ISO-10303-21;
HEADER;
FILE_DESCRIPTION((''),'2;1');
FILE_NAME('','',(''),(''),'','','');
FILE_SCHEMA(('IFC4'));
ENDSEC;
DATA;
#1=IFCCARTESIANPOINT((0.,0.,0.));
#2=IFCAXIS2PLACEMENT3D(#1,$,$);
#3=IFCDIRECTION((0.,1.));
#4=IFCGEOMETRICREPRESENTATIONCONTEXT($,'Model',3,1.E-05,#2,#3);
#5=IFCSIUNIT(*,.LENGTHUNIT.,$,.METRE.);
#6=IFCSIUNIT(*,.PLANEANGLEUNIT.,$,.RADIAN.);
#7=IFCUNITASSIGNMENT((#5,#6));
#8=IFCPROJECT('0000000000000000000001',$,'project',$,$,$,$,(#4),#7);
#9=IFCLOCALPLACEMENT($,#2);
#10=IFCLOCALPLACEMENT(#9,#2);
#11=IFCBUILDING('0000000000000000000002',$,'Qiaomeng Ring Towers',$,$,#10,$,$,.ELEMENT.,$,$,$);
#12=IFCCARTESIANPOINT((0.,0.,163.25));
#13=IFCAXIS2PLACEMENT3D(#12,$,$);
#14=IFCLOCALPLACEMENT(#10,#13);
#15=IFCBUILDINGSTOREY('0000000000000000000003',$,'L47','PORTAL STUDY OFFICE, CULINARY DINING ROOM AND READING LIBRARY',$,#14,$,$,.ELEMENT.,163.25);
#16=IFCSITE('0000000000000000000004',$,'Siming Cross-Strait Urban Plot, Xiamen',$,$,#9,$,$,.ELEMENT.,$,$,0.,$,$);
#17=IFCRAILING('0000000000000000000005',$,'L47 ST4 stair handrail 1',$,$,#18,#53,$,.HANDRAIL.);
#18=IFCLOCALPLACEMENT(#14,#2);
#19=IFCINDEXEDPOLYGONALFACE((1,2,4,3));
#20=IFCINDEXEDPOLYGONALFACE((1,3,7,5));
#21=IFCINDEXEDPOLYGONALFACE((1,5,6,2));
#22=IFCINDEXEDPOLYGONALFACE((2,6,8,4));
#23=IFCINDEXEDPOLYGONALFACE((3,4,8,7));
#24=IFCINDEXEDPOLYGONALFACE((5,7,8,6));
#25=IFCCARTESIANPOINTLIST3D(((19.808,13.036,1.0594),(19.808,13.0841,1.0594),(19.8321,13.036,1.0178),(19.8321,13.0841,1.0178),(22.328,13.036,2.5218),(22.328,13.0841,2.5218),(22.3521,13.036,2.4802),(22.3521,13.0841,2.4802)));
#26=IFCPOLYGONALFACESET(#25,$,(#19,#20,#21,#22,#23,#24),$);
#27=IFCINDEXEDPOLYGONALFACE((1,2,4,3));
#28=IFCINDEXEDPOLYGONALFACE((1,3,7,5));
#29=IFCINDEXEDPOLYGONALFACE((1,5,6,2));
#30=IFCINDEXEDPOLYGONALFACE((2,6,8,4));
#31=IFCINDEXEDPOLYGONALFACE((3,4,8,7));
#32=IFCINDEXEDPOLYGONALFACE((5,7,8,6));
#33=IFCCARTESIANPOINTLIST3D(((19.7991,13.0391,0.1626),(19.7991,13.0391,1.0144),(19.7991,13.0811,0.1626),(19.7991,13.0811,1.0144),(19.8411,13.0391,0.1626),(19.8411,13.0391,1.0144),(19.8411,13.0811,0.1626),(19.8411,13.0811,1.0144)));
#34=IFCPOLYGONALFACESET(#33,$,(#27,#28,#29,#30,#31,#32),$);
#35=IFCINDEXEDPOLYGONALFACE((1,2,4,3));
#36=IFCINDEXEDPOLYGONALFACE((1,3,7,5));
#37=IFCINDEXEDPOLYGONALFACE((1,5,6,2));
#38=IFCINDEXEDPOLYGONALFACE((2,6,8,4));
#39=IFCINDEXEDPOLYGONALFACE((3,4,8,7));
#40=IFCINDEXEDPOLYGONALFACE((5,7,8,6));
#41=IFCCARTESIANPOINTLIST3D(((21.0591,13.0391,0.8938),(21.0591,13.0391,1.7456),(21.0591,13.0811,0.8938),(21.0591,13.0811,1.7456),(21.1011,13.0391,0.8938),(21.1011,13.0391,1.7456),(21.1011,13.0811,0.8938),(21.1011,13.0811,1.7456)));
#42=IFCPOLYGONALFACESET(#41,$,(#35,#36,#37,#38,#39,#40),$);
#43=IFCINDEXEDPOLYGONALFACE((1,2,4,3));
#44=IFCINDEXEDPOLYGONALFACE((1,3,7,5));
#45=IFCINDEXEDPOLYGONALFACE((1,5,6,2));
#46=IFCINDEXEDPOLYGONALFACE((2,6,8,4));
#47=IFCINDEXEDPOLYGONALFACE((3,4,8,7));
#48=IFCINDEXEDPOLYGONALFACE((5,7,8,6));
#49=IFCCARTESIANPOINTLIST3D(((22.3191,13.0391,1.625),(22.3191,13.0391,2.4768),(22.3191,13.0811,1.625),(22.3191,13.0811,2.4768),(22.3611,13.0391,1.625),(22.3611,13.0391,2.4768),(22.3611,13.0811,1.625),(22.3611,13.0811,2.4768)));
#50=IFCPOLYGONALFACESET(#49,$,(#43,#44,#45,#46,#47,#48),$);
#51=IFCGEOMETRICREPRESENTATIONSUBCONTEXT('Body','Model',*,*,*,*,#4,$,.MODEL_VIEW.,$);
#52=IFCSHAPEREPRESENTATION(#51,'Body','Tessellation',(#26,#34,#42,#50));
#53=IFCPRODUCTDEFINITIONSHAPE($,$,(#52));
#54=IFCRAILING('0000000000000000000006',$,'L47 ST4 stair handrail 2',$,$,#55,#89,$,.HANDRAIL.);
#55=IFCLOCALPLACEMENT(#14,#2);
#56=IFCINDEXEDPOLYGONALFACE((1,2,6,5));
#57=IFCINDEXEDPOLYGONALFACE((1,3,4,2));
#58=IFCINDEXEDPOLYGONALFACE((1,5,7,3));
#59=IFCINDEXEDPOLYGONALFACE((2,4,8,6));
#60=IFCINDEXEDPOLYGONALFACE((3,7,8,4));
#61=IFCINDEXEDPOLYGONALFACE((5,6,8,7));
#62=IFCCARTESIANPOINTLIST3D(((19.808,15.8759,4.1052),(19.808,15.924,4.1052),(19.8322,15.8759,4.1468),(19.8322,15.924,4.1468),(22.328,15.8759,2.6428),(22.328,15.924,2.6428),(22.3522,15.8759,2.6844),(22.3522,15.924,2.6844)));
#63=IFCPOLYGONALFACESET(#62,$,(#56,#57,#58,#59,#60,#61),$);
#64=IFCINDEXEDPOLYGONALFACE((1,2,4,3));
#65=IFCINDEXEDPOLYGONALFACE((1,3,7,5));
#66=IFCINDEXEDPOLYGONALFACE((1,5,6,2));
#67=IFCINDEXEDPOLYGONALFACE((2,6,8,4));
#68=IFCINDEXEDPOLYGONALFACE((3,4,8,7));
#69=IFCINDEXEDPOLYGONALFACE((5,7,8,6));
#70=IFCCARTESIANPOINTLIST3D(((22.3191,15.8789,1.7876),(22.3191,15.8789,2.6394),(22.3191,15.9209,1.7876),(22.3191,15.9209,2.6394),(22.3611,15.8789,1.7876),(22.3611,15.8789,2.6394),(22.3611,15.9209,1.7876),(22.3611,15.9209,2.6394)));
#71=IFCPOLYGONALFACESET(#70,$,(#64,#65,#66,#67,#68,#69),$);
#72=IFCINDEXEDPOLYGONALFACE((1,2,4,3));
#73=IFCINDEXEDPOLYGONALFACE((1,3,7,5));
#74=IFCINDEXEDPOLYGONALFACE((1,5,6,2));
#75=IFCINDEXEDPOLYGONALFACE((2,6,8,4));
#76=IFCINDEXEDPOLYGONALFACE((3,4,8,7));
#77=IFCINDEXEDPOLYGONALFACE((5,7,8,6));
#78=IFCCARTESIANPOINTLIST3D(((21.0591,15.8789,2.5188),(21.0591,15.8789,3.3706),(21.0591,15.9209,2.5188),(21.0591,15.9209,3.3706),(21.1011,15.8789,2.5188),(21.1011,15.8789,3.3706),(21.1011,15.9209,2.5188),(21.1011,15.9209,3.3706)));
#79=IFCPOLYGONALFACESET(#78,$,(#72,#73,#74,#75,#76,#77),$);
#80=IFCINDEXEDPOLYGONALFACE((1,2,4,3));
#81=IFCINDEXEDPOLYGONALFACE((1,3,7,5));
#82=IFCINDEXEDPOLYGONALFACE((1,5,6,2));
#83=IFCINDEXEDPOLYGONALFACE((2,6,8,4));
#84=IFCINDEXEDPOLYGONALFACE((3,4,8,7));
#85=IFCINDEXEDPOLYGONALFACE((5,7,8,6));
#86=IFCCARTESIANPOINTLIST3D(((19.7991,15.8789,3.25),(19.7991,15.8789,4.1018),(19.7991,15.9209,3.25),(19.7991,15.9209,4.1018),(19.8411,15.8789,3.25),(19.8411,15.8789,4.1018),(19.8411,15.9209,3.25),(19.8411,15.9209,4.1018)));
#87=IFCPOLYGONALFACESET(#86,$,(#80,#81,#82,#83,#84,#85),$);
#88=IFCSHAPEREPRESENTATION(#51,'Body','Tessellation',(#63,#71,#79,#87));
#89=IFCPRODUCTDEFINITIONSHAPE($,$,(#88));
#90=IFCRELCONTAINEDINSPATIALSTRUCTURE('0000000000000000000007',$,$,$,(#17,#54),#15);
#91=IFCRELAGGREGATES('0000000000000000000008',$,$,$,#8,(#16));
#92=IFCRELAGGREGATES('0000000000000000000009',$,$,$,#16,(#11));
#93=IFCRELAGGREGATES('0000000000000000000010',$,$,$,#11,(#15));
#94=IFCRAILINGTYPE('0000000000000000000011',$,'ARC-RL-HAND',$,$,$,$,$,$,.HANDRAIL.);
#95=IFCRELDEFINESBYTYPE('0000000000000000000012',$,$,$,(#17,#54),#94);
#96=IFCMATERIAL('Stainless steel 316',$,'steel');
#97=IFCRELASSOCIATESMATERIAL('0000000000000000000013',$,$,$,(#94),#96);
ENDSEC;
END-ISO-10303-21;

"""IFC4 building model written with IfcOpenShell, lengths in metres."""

from ifc_helpers import new_model, si_unit, direction, frame, origin, origin_2d, place, context, subcontext, project, spatial, rectangle, extrude, material, type_object, element, save


model = new_model("IFC4")

# Units and contexts
model_context = context("Model", 3, precision=1e-05, world=origin(), true_north=direction((0.0, 1.0)))
body_context = subcontext(model_context, "Body", "Model", "MODEL_VIEW")
ifc_project = project(units=[si_unit("LENGTHUNIT", "METRE"), si_unit("PLANEANGLEUNIT", "RADIAN")], contexts=[model_context])

# Site, building, storey
site_placement = place(None, origin())
site = spatial("IfcSite", under=ifc_project, at=site_placement, Name="Siming Cross-Strait Urban Plot, Xiamen", CompositionType="ELEMENT", RefElevation=0.0)
building_placement = place(site_placement, origin())
building = spatial("IfcBuilding", under=site, at=building_placement, Name="Qiaomeng Ring Towers", CompositionType="ELEMENT")
storey_placement = place(building_placement, frame((0.0, 0.0, 163.25)))
storey = spatial("IfcBuildingStorey", under=building, at=storey_placement, Name="L47", Description="PORTAL STUDY OFFICE, CULINARY DINING ROOM AND READING LIBRARY", CompositionType="ELEMENT", Elevation=163.25)

# Railings
ifc_material_1 = material(Name="Stainless steel 316", Category="steel")
railing_type_1 = type_object("IfcRailingType", Name="ARC-RL-HAND", PredefinedType="HANDRAIL", material=ifc_material_1)
railing_1_placement = place(storey_placement, frame((19.8201, 13.0601, 0.1626)))
element("IfcRailing", 1, at=railing_1_placement, inside=storey, type_object=railing_type_1, Name="L47 ST4 stair handrail 1", PredefinedType="HANDRAIL", context=body_context, shape_type="SweptSolid", body=[
    extrude(rectangle(XDim=0.0481, YDim=0.0481, at=origin_2d()), frame((0.0, 0.0, 0.876), z_axis=(0.864913, 0.0, 0.501921), x_axis=(0.0, 1.0, 0.0)), (0.0, 0.0, 1.0), 2.9136),
    extrude(rectangle(XDim=0.042, YDim=0.042, at=origin_2d()), origin(), (0.0, 0.0, 1.0), 0.8518),
    extrude(rectangle(XDim=0.042, YDim=0.042, at=origin_2d()), frame((1.26, 0.0, 0.7312)), (0.0, 0.0, 1.0), 0.8518),
    extrude(rectangle(XDim=0.042, YDim=0.042, at=origin_2d()), frame((2.52, 0.0, 1.4624)), (0.0, 0.0, 1.0), 0.8518),
])
railing_2_placement = place(storey_placement, frame((22.3401, 15.8999, 1.7876)))
element("IfcRailing", 2, at=railing_2_placement, inside=storey, type_object=railing_type_1, Name="L47 ST4 stair handrail 2", PredefinedType="HANDRAIL", context=body_context, shape_type="SweptSolid", body=[
    extrude(rectangle(XDim=0.0481, YDim=0.0481, at=origin_2d()), frame((0.0, 0.0, 0.876), z_axis=(-0.864913, 0.0, 0.501921), x_axis=(0.0, -1.0, 0.0)), (0.0, 0.0, 1.0), 2.9136),
    extrude(rectangle(XDim=0.042, YDim=0.042, at=origin_2d()), origin(), (0.0, 0.0, 1.0), 0.8518),
    extrude(rectangle(XDim=0.042, YDim=0.042, at=origin_2d()), frame((-1.26, 0.0, 0.7312)), (0.0, 0.0, 1.0), 0.8518),
    extrude(rectangle(XDim=0.042, YDim=0.042, at=origin_2d()), frame((-2.52, 0.0, 1.4624)), (0.0, 0.0, 1.0), 0.8518),
])

save(model, "model.ifc")
